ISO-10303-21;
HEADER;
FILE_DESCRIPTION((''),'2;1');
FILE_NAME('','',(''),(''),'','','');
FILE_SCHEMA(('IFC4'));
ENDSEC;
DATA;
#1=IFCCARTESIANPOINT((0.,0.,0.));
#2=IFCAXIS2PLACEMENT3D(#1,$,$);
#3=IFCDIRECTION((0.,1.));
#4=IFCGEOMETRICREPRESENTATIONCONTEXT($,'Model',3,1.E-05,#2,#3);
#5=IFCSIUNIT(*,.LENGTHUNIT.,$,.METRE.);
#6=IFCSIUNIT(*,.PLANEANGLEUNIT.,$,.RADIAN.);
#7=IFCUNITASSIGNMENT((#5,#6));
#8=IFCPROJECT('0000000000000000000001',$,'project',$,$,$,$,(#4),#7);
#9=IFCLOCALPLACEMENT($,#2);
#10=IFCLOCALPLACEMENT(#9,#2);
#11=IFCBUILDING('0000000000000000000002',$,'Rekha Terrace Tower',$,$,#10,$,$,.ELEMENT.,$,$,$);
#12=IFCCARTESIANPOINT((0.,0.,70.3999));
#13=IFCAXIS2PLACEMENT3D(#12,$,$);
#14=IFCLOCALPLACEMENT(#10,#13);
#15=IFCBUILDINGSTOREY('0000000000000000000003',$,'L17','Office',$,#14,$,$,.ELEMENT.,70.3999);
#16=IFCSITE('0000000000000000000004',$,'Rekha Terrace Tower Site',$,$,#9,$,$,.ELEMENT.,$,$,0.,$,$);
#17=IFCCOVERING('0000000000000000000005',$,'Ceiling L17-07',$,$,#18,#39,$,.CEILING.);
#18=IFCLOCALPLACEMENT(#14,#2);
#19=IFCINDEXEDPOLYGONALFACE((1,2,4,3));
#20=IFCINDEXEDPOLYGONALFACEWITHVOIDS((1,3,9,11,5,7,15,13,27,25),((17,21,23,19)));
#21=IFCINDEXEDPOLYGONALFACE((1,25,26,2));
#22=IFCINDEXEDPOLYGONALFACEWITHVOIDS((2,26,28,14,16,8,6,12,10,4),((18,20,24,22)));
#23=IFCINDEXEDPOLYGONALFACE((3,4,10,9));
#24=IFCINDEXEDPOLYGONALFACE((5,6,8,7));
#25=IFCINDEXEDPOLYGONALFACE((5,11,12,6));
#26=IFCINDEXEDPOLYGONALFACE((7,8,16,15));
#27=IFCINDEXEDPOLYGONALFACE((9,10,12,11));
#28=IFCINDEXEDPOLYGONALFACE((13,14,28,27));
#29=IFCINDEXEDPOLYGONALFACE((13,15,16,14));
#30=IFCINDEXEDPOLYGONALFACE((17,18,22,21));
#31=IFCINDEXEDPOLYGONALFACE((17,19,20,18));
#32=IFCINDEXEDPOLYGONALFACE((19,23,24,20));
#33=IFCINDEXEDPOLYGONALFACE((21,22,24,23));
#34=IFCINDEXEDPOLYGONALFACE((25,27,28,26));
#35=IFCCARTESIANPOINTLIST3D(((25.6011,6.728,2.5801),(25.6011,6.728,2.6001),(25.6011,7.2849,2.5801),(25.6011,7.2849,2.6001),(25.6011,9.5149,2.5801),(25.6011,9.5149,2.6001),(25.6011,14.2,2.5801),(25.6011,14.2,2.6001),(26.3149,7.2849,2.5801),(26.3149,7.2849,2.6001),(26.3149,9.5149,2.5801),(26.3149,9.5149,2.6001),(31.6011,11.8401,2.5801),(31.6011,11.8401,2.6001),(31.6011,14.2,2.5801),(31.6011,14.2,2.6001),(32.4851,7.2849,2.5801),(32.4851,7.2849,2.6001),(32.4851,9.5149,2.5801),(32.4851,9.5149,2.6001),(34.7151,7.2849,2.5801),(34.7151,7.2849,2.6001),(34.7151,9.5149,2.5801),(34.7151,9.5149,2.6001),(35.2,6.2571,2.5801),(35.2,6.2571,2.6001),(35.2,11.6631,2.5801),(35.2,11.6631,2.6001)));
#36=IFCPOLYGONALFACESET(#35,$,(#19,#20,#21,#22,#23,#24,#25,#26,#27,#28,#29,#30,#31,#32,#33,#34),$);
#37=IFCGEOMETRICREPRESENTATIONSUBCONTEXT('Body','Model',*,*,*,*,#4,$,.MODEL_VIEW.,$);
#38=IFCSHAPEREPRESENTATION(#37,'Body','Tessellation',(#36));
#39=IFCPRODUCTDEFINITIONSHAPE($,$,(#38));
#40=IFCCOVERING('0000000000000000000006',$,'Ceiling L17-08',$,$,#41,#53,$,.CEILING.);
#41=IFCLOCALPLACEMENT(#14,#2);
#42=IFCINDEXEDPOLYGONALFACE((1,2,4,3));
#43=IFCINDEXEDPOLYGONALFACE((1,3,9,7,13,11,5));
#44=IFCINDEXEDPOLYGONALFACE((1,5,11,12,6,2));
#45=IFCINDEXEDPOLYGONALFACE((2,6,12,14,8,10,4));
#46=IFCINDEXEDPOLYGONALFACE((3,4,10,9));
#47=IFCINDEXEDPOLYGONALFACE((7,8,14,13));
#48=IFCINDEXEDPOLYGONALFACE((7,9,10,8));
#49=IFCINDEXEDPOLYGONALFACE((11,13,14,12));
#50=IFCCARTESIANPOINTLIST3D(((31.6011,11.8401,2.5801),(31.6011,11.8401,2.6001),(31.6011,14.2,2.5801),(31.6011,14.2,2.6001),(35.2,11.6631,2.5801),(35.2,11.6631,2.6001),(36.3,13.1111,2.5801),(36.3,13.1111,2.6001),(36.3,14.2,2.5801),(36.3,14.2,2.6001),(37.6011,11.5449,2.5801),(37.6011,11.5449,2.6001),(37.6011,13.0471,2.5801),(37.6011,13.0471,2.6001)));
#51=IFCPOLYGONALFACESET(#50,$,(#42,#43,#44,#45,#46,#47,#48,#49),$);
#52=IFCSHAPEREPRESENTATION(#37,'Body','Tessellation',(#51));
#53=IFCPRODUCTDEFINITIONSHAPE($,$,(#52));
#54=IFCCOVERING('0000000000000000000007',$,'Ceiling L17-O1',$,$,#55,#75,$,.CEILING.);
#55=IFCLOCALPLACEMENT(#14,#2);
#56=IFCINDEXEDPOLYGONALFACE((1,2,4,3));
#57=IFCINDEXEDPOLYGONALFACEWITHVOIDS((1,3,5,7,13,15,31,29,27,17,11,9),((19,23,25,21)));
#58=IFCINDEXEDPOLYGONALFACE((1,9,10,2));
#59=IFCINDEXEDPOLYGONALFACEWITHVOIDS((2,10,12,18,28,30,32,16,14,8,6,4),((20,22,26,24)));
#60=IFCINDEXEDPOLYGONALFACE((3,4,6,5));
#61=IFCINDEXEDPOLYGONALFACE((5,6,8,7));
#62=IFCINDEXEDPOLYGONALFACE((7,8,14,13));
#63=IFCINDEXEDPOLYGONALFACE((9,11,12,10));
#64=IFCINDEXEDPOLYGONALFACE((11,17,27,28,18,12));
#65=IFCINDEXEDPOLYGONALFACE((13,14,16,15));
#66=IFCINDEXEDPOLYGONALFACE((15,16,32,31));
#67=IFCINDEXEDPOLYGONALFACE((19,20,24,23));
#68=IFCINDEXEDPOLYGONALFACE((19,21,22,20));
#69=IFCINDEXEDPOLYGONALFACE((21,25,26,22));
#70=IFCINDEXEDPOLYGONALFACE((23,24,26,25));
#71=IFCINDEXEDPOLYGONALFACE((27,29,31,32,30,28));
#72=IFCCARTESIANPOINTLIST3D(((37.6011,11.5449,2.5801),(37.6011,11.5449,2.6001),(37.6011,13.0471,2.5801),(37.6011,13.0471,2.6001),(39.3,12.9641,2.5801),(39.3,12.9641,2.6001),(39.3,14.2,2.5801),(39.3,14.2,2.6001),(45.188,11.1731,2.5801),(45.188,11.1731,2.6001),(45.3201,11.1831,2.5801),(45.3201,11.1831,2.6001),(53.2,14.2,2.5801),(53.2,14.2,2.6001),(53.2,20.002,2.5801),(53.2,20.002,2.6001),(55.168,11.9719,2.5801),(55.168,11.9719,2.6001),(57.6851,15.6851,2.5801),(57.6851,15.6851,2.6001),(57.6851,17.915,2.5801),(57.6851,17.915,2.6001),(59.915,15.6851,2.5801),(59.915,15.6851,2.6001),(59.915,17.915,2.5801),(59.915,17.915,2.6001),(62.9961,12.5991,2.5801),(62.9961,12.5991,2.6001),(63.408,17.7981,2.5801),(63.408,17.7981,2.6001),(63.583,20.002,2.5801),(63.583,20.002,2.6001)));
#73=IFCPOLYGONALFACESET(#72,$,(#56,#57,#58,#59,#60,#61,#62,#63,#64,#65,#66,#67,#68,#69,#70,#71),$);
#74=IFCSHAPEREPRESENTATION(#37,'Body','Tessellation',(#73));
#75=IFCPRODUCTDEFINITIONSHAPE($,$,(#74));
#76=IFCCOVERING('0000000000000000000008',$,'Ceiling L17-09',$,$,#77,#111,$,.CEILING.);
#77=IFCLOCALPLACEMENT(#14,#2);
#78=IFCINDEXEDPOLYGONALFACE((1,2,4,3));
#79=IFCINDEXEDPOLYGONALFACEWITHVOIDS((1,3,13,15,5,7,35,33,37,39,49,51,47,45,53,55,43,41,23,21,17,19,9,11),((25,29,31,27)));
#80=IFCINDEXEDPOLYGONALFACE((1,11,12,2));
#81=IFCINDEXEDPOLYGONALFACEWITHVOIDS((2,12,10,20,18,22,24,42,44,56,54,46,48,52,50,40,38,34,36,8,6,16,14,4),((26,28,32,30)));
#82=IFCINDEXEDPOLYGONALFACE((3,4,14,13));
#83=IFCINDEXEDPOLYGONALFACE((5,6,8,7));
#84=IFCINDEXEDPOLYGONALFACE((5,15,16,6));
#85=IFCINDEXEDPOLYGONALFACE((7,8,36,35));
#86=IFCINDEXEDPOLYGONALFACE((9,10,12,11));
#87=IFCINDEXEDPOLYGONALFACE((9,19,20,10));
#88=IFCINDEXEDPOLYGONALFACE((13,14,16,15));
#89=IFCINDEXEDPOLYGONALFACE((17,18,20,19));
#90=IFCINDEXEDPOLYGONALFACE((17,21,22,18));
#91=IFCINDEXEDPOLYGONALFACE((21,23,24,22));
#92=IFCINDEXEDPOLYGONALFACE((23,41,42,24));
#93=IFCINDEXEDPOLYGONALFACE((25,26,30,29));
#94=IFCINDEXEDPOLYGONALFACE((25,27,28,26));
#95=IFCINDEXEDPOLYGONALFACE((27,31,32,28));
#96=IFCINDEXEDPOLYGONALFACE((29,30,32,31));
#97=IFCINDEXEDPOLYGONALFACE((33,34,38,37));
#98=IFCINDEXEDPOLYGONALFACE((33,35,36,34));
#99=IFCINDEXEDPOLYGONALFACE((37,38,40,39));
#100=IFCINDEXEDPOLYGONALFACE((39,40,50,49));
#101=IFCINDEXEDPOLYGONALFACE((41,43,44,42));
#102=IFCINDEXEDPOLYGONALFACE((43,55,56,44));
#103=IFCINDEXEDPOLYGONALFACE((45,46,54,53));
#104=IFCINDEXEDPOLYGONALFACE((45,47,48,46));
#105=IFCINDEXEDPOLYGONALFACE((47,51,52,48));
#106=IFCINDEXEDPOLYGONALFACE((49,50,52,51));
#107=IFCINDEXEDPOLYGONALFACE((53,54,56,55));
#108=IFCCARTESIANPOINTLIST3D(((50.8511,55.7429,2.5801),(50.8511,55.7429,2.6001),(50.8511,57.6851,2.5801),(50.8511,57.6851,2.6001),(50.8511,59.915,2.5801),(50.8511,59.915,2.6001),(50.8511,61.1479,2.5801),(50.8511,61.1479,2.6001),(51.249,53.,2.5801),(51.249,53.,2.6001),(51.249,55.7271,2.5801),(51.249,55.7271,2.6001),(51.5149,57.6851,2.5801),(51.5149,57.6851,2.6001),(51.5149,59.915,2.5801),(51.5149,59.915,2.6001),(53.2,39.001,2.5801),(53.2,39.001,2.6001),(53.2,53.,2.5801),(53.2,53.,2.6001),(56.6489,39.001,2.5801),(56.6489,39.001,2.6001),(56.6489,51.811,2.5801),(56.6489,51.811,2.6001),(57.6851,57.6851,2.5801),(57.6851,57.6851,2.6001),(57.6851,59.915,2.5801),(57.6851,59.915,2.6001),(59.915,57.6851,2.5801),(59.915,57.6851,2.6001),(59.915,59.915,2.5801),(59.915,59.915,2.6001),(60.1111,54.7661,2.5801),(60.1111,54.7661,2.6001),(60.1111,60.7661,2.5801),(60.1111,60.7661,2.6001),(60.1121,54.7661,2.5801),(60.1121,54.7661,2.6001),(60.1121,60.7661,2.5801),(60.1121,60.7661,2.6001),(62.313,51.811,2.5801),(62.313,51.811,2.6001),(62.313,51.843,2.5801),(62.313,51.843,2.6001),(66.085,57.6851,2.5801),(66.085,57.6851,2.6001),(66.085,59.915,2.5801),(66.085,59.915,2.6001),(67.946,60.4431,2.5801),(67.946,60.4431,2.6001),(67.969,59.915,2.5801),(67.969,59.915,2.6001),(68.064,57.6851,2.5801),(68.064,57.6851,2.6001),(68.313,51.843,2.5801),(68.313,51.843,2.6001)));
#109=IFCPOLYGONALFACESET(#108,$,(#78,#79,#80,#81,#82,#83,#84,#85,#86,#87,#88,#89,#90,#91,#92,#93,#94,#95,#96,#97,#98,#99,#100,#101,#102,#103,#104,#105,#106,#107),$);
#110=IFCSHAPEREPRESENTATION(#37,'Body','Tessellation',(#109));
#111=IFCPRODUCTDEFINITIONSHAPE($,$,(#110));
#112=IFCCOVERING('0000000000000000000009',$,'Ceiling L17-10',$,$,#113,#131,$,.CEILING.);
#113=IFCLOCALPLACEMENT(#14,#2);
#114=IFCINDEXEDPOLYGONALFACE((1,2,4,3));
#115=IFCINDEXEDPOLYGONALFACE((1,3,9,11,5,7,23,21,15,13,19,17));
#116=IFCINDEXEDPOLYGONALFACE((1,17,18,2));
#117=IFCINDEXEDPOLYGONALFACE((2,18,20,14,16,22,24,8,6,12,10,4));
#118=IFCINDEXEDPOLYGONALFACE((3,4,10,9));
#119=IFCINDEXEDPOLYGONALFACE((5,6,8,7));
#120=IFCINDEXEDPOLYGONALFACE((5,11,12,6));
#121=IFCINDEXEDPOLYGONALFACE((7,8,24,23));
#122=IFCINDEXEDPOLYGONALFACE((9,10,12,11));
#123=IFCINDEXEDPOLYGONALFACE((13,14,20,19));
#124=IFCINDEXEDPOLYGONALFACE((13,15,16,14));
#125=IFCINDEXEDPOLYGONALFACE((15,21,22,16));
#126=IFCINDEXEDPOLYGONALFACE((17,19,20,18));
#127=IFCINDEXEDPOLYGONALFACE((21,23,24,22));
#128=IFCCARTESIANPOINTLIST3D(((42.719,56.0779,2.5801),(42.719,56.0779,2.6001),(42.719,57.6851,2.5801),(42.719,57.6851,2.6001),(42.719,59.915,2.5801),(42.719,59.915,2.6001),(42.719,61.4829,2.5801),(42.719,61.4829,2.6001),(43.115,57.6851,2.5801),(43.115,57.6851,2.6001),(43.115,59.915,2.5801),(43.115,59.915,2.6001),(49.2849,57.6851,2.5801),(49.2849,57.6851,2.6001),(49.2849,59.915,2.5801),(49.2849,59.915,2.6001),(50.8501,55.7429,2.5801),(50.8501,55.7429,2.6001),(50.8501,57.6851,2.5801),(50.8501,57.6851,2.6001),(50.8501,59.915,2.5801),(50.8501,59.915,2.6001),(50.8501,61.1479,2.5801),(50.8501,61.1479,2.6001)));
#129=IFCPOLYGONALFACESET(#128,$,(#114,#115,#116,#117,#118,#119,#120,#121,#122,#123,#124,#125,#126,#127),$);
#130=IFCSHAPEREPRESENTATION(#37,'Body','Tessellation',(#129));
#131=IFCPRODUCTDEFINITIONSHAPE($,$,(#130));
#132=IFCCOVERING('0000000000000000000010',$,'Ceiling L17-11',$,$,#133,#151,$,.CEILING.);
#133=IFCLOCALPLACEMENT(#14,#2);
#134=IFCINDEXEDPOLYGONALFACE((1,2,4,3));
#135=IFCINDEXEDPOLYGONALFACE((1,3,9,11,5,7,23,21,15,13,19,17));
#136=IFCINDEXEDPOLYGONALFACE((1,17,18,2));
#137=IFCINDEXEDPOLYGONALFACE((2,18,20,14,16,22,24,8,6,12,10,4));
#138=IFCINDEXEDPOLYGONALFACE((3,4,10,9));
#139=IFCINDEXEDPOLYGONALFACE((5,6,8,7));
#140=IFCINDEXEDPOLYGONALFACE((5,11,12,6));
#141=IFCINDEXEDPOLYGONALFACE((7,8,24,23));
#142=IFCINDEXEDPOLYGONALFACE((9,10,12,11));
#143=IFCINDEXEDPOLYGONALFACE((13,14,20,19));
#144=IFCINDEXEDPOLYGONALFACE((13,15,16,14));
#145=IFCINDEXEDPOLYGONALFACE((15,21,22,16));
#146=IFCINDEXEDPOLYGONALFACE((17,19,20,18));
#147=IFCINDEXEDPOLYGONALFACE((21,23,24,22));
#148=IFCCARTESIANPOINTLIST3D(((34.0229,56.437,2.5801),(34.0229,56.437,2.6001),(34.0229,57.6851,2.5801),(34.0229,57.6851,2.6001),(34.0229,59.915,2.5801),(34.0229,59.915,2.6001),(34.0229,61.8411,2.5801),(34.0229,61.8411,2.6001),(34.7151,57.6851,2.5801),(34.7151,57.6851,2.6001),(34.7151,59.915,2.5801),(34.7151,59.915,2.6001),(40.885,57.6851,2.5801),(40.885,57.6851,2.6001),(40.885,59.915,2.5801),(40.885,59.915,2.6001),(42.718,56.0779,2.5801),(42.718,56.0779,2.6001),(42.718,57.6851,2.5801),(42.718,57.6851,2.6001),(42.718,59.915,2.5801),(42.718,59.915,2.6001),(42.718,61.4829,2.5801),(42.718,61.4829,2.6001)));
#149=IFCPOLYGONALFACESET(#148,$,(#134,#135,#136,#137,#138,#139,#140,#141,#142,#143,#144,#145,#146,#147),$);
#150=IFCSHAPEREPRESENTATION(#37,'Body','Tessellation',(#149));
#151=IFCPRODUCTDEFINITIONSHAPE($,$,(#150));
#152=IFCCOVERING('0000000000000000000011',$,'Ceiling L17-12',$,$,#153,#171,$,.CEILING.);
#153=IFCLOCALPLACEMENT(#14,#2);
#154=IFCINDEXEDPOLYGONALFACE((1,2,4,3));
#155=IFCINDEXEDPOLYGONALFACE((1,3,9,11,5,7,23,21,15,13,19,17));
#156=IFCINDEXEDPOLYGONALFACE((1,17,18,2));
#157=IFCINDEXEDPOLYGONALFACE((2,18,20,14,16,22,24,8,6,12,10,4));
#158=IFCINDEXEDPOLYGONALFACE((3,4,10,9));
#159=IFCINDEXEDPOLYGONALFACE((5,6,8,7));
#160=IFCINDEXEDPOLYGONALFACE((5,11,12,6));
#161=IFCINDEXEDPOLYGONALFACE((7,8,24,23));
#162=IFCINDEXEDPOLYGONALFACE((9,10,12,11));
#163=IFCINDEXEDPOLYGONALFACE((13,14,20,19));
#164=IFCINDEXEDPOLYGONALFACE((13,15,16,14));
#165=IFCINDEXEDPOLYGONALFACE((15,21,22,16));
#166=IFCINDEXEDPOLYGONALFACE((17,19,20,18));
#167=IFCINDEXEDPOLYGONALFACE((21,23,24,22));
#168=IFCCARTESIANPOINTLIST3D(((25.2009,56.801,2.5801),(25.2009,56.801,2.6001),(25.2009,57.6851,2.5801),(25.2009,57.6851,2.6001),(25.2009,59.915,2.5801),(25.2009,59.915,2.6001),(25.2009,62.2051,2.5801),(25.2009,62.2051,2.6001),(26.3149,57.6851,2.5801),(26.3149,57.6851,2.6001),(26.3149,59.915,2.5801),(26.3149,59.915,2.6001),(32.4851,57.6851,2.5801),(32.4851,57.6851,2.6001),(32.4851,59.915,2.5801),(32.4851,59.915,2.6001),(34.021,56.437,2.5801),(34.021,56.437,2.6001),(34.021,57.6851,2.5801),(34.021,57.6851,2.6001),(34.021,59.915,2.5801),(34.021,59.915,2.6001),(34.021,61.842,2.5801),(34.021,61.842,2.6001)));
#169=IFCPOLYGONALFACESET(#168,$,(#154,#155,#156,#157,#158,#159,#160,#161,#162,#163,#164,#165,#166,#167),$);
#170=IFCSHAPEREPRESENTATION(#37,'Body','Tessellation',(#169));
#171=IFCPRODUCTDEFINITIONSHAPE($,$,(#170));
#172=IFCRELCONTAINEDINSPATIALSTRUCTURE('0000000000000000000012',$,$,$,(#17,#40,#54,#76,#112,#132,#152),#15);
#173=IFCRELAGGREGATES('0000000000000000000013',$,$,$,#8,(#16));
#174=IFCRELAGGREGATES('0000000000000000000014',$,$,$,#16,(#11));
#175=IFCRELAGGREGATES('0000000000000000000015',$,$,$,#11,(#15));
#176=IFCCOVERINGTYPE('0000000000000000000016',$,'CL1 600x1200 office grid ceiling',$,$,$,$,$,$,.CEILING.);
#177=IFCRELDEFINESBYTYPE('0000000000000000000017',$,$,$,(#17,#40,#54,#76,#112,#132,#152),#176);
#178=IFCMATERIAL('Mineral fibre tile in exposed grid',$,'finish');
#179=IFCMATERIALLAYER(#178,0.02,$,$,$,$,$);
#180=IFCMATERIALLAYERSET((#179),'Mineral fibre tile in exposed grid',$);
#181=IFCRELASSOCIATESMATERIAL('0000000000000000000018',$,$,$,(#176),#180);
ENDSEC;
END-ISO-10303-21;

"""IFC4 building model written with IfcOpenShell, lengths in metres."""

from ifc_helpers import new_model, si_unit, direction, frame, origin, place, context, subcontext, project, spatial, polyline, outline, extrude, material, layer, layer_set, type_object, element, save


model = new_model("IFC4")

# Units and contexts
model_context = context("Model", 3, precision=1e-05, world=origin(), true_north=direction((0.0, 1.0)))
body_context = subcontext(model_context, "Body", "Model", "MODEL_VIEW")
ifc_project = project(units=[si_unit("LENGTHUNIT", "METRE"), si_unit("PLANEANGLEUNIT", "RADIAN")], contexts=[model_context])

# Site, building, storey
site_placement = place(None, origin())
site = spatial("IfcSite", under=ifc_project, at=site_placement, Name="Rekha Terrace Tower Site", CompositionType="ELEMENT", RefElevation=0.0)
building_placement = place(site_placement, origin())
building = spatial("IfcBuilding", under=site, at=building_placement, Name="Rekha Terrace Tower", CompositionType="ELEMENT")
storey_placement = place(building_placement, frame((0.0, 0.0, 70.3999)))
storey = spatial("IfcBuildingStorey", under=building, at=storey_placement, Name="L17", Description="Office", CompositionType="ELEMENT", Elevation=70.3999)

# Coverings
ifc_material_1 = material(Name="Mineral fibre tile in exposed grid", Category="finish")
ifc_layer_1 = layer(ifc_material_1, 0.02)
ifc_layer_set_1 = layer_set([ifc_layer_1], Name="Mineral fibre tile in exposed grid")
covering_type_1 = type_object("IfcCoveringType", Name="CL1 600x1200 office grid ceiling", PredefinedType="CEILING", material=ifc_layer_set_1)
covering_1_placement = place(storey_placement, frame((0.0, 0.0, 2.5801)))
element("IfcCovering", 1, at=covering_1_placement, inside=storey, type_object=covering_type_1, Name="Ceiling L17-07", PredefinedType="CEILING", context=body_context, shape_type="SweptSolid", body=[
    extrude(outline(polyline([(31.6011, 11.8401), (31.6011, 14.2), (25.6011, 14.2), (25.6011, 9.5149), (26.3149, 9.5149), (26.3149, 7.2849), (25.6011, 7.2849), (25.6011, 6.728), (35.2, 6.2571), (35.2, 11.6631), (31.6011, 11.8401)]), holes=[polyline([(34.7151, 7.2849), (32.4851, 7.2849), (32.4851, 9.5149), (34.7151, 9.5149), (34.7151, 7.2849)])]), origin(), (0.0, 0.0, 1.0), 0.02),
])
covering_2_placement = place(storey_placement, frame((0.0, 0.0, 2.5801)))
element("IfcCovering", 2, at=covering_2_placement, inside=storey, type_object=covering_type_1, Name="Ceiling L17-08", PredefinedType="CEILING", context=body_context, shape_type="SweptSolid", body=[
    extrude(outline(polyline([(36.3, 14.2), (31.6011, 14.2), (31.6011, 11.8401), (35.2, 11.6631), (37.6011, 11.5449), (37.6011, 13.0471), (36.3, 13.1111), (36.3, 14.2)])), origin(), (0.0, 0.0, 1.0), 0.02),
])
covering_3_placement = place(storey_placement, frame((0.0, 0.0, 2.5801)))
element("IfcCovering", 3, at=covering_3_placement, inside=storey, type_object=covering_type_1, Name="Ceiling L17-O1", PredefinedType="CEILING", context=body_context, shape_type="SweptSolid", body=[
    extrude(outline(polyline([(37.6011, 11.5449), (45.188, 11.1731), (45.3201, 11.1831), (55.168, 11.9719), (62.9961, 12.5991), (63.408, 17.7981), (63.583, 20.002), (53.2, 20.002), (53.2, 14.2), (39.3, 14.2), (39.3, 12.9641), (37.6011, 13.0471), (37.6011, 11.5449)]), holes=[polyline([(59.915, 17.915), (59.915, 15.6851), (57.6851, 15.6851), (57.6851, 17.915), (59.915, 17.915)])]), origin(), (0.0, 0.0, 1.0), 0.02),
])
covering_4_placement = place(storey_placement, frame((0.0, 0.0, 2.5801)))
element("IfcCovering", 4, at=covering_4_placement, inside=storey, type_object=covering_type_1, Name="Ceiling L17-09", PredefinedType="CEILING", context=body_context, shape_type="SweptSolid", body=[
    extrude(outline(polyline([(53.2, 53.0), (53.2, 39.001), (56.6489, 39.001), (56.6489, 51.811), (62.313, 51.811), (62.313, 51.843), (68.313, 51.843), (68.064, 57.6851), (66.085, 57.6851), (66.085, 59.915), (67.969, 59.915), (67.946, 60.4431), (60.1121, 60.7661), (60.1121, 54.7661), (60.1111, 54.7661), (60.1111, 60.7661), (50.8511, 61.1479), (50.8511, 59.915), (51.5149, 59.915), (51.5149, 57.6851), (50.8511, 57.6851), (50.8511, 55.7429), (51.249, 55.7271), (51.249, 53.0), (53.2, 53.0)]), holes=[polyline([(59.915, 57.6851), (57.6851, 57.6851), (57.6851, 59.915), (59.915, 59.915), (59.915, 57.6851)])]), origin(), (0.0, 0.0, 1.0), 0.02),
])
covering_5_placement = place(storey_placement, frame((0.0, 0.0, 2.5801)))
element("IfcCovering", 5, at=covering_5_placement, inside=storey, type_object=covering_type_1, Name="Ceiling L17-10", PredefinedType="CEILING", context=body_context, shape_type="SweptSolid", body=[
    extrude(outline(polyline([(50.8501, 59.915), (50.8501, 61.1479), (42.719, 61.4829), (42.719, 59.915), (43.115, 59.915), (43.115, 57.6851), (42.719, 57.6851), (42.719, 56.0779), (50.8501, 55.7429), (50.8501, 57.6851), (49.2849, 57.6851), (49.2849, 59.915), (50.8501, 59.915)])), origin(), (0.0, 0.0, 1.0), 0.02),
])
covering_6_placement = place(storey_placement, frame((0.0, 0.0, 2.5801)))
element("IfcCovering", 6, at=covering_6_placement, inside=storey, type_object=covering_type_1, Name="Ceiling L17-11", PredefinedType="CEILING", context=body_context, shape_type="SweptSolid", body=[
    extrude(outline(polyline([(42.718, 59.915), (42.718, 61.4829), (34.0229, 61.8411), (34.0229, 59.915), (34.7151, 59.915), (34.7151, 57.6851), (34.0229, 57.6851), (34.0229, 56.437), (42.718, 56.0779), (42.718, 57.6851), (40.885, 57.6851), (40.885, 59.915), (42.718, 59.915)])), origin(), (0.0, 0.0, 1.0), 0.02),
])
covering_7_placement = place(storey_placement, frame((0.0, 0.0, 2.5801)))
element("IfcCovering", 7, at=covering_7_placement, inside=storey, type_object=covering_type_1, Name="Ceiling L17-12", PredefinedType="CEILING", context=body_context, shape_type="SweptSolid", body=[
    extrude(outline(polyline([(34.021, 59.915), (34.021, 61.842), (25.2009, 62.2051), (25.2009, 59.915), (26.3149, 59.915), (26.3149, 57.6851), (25.2009, 57.6851), (25.2009, 56.801), (34.021, 56.437), (34.021, 57.6851), (32.4851, 57.6851), (32.4851, 59.915), (34.021, 59.915)])), origin(), (0.0, 0.0, 1.0), 0.02),
])

save(model, "model.ifc")
